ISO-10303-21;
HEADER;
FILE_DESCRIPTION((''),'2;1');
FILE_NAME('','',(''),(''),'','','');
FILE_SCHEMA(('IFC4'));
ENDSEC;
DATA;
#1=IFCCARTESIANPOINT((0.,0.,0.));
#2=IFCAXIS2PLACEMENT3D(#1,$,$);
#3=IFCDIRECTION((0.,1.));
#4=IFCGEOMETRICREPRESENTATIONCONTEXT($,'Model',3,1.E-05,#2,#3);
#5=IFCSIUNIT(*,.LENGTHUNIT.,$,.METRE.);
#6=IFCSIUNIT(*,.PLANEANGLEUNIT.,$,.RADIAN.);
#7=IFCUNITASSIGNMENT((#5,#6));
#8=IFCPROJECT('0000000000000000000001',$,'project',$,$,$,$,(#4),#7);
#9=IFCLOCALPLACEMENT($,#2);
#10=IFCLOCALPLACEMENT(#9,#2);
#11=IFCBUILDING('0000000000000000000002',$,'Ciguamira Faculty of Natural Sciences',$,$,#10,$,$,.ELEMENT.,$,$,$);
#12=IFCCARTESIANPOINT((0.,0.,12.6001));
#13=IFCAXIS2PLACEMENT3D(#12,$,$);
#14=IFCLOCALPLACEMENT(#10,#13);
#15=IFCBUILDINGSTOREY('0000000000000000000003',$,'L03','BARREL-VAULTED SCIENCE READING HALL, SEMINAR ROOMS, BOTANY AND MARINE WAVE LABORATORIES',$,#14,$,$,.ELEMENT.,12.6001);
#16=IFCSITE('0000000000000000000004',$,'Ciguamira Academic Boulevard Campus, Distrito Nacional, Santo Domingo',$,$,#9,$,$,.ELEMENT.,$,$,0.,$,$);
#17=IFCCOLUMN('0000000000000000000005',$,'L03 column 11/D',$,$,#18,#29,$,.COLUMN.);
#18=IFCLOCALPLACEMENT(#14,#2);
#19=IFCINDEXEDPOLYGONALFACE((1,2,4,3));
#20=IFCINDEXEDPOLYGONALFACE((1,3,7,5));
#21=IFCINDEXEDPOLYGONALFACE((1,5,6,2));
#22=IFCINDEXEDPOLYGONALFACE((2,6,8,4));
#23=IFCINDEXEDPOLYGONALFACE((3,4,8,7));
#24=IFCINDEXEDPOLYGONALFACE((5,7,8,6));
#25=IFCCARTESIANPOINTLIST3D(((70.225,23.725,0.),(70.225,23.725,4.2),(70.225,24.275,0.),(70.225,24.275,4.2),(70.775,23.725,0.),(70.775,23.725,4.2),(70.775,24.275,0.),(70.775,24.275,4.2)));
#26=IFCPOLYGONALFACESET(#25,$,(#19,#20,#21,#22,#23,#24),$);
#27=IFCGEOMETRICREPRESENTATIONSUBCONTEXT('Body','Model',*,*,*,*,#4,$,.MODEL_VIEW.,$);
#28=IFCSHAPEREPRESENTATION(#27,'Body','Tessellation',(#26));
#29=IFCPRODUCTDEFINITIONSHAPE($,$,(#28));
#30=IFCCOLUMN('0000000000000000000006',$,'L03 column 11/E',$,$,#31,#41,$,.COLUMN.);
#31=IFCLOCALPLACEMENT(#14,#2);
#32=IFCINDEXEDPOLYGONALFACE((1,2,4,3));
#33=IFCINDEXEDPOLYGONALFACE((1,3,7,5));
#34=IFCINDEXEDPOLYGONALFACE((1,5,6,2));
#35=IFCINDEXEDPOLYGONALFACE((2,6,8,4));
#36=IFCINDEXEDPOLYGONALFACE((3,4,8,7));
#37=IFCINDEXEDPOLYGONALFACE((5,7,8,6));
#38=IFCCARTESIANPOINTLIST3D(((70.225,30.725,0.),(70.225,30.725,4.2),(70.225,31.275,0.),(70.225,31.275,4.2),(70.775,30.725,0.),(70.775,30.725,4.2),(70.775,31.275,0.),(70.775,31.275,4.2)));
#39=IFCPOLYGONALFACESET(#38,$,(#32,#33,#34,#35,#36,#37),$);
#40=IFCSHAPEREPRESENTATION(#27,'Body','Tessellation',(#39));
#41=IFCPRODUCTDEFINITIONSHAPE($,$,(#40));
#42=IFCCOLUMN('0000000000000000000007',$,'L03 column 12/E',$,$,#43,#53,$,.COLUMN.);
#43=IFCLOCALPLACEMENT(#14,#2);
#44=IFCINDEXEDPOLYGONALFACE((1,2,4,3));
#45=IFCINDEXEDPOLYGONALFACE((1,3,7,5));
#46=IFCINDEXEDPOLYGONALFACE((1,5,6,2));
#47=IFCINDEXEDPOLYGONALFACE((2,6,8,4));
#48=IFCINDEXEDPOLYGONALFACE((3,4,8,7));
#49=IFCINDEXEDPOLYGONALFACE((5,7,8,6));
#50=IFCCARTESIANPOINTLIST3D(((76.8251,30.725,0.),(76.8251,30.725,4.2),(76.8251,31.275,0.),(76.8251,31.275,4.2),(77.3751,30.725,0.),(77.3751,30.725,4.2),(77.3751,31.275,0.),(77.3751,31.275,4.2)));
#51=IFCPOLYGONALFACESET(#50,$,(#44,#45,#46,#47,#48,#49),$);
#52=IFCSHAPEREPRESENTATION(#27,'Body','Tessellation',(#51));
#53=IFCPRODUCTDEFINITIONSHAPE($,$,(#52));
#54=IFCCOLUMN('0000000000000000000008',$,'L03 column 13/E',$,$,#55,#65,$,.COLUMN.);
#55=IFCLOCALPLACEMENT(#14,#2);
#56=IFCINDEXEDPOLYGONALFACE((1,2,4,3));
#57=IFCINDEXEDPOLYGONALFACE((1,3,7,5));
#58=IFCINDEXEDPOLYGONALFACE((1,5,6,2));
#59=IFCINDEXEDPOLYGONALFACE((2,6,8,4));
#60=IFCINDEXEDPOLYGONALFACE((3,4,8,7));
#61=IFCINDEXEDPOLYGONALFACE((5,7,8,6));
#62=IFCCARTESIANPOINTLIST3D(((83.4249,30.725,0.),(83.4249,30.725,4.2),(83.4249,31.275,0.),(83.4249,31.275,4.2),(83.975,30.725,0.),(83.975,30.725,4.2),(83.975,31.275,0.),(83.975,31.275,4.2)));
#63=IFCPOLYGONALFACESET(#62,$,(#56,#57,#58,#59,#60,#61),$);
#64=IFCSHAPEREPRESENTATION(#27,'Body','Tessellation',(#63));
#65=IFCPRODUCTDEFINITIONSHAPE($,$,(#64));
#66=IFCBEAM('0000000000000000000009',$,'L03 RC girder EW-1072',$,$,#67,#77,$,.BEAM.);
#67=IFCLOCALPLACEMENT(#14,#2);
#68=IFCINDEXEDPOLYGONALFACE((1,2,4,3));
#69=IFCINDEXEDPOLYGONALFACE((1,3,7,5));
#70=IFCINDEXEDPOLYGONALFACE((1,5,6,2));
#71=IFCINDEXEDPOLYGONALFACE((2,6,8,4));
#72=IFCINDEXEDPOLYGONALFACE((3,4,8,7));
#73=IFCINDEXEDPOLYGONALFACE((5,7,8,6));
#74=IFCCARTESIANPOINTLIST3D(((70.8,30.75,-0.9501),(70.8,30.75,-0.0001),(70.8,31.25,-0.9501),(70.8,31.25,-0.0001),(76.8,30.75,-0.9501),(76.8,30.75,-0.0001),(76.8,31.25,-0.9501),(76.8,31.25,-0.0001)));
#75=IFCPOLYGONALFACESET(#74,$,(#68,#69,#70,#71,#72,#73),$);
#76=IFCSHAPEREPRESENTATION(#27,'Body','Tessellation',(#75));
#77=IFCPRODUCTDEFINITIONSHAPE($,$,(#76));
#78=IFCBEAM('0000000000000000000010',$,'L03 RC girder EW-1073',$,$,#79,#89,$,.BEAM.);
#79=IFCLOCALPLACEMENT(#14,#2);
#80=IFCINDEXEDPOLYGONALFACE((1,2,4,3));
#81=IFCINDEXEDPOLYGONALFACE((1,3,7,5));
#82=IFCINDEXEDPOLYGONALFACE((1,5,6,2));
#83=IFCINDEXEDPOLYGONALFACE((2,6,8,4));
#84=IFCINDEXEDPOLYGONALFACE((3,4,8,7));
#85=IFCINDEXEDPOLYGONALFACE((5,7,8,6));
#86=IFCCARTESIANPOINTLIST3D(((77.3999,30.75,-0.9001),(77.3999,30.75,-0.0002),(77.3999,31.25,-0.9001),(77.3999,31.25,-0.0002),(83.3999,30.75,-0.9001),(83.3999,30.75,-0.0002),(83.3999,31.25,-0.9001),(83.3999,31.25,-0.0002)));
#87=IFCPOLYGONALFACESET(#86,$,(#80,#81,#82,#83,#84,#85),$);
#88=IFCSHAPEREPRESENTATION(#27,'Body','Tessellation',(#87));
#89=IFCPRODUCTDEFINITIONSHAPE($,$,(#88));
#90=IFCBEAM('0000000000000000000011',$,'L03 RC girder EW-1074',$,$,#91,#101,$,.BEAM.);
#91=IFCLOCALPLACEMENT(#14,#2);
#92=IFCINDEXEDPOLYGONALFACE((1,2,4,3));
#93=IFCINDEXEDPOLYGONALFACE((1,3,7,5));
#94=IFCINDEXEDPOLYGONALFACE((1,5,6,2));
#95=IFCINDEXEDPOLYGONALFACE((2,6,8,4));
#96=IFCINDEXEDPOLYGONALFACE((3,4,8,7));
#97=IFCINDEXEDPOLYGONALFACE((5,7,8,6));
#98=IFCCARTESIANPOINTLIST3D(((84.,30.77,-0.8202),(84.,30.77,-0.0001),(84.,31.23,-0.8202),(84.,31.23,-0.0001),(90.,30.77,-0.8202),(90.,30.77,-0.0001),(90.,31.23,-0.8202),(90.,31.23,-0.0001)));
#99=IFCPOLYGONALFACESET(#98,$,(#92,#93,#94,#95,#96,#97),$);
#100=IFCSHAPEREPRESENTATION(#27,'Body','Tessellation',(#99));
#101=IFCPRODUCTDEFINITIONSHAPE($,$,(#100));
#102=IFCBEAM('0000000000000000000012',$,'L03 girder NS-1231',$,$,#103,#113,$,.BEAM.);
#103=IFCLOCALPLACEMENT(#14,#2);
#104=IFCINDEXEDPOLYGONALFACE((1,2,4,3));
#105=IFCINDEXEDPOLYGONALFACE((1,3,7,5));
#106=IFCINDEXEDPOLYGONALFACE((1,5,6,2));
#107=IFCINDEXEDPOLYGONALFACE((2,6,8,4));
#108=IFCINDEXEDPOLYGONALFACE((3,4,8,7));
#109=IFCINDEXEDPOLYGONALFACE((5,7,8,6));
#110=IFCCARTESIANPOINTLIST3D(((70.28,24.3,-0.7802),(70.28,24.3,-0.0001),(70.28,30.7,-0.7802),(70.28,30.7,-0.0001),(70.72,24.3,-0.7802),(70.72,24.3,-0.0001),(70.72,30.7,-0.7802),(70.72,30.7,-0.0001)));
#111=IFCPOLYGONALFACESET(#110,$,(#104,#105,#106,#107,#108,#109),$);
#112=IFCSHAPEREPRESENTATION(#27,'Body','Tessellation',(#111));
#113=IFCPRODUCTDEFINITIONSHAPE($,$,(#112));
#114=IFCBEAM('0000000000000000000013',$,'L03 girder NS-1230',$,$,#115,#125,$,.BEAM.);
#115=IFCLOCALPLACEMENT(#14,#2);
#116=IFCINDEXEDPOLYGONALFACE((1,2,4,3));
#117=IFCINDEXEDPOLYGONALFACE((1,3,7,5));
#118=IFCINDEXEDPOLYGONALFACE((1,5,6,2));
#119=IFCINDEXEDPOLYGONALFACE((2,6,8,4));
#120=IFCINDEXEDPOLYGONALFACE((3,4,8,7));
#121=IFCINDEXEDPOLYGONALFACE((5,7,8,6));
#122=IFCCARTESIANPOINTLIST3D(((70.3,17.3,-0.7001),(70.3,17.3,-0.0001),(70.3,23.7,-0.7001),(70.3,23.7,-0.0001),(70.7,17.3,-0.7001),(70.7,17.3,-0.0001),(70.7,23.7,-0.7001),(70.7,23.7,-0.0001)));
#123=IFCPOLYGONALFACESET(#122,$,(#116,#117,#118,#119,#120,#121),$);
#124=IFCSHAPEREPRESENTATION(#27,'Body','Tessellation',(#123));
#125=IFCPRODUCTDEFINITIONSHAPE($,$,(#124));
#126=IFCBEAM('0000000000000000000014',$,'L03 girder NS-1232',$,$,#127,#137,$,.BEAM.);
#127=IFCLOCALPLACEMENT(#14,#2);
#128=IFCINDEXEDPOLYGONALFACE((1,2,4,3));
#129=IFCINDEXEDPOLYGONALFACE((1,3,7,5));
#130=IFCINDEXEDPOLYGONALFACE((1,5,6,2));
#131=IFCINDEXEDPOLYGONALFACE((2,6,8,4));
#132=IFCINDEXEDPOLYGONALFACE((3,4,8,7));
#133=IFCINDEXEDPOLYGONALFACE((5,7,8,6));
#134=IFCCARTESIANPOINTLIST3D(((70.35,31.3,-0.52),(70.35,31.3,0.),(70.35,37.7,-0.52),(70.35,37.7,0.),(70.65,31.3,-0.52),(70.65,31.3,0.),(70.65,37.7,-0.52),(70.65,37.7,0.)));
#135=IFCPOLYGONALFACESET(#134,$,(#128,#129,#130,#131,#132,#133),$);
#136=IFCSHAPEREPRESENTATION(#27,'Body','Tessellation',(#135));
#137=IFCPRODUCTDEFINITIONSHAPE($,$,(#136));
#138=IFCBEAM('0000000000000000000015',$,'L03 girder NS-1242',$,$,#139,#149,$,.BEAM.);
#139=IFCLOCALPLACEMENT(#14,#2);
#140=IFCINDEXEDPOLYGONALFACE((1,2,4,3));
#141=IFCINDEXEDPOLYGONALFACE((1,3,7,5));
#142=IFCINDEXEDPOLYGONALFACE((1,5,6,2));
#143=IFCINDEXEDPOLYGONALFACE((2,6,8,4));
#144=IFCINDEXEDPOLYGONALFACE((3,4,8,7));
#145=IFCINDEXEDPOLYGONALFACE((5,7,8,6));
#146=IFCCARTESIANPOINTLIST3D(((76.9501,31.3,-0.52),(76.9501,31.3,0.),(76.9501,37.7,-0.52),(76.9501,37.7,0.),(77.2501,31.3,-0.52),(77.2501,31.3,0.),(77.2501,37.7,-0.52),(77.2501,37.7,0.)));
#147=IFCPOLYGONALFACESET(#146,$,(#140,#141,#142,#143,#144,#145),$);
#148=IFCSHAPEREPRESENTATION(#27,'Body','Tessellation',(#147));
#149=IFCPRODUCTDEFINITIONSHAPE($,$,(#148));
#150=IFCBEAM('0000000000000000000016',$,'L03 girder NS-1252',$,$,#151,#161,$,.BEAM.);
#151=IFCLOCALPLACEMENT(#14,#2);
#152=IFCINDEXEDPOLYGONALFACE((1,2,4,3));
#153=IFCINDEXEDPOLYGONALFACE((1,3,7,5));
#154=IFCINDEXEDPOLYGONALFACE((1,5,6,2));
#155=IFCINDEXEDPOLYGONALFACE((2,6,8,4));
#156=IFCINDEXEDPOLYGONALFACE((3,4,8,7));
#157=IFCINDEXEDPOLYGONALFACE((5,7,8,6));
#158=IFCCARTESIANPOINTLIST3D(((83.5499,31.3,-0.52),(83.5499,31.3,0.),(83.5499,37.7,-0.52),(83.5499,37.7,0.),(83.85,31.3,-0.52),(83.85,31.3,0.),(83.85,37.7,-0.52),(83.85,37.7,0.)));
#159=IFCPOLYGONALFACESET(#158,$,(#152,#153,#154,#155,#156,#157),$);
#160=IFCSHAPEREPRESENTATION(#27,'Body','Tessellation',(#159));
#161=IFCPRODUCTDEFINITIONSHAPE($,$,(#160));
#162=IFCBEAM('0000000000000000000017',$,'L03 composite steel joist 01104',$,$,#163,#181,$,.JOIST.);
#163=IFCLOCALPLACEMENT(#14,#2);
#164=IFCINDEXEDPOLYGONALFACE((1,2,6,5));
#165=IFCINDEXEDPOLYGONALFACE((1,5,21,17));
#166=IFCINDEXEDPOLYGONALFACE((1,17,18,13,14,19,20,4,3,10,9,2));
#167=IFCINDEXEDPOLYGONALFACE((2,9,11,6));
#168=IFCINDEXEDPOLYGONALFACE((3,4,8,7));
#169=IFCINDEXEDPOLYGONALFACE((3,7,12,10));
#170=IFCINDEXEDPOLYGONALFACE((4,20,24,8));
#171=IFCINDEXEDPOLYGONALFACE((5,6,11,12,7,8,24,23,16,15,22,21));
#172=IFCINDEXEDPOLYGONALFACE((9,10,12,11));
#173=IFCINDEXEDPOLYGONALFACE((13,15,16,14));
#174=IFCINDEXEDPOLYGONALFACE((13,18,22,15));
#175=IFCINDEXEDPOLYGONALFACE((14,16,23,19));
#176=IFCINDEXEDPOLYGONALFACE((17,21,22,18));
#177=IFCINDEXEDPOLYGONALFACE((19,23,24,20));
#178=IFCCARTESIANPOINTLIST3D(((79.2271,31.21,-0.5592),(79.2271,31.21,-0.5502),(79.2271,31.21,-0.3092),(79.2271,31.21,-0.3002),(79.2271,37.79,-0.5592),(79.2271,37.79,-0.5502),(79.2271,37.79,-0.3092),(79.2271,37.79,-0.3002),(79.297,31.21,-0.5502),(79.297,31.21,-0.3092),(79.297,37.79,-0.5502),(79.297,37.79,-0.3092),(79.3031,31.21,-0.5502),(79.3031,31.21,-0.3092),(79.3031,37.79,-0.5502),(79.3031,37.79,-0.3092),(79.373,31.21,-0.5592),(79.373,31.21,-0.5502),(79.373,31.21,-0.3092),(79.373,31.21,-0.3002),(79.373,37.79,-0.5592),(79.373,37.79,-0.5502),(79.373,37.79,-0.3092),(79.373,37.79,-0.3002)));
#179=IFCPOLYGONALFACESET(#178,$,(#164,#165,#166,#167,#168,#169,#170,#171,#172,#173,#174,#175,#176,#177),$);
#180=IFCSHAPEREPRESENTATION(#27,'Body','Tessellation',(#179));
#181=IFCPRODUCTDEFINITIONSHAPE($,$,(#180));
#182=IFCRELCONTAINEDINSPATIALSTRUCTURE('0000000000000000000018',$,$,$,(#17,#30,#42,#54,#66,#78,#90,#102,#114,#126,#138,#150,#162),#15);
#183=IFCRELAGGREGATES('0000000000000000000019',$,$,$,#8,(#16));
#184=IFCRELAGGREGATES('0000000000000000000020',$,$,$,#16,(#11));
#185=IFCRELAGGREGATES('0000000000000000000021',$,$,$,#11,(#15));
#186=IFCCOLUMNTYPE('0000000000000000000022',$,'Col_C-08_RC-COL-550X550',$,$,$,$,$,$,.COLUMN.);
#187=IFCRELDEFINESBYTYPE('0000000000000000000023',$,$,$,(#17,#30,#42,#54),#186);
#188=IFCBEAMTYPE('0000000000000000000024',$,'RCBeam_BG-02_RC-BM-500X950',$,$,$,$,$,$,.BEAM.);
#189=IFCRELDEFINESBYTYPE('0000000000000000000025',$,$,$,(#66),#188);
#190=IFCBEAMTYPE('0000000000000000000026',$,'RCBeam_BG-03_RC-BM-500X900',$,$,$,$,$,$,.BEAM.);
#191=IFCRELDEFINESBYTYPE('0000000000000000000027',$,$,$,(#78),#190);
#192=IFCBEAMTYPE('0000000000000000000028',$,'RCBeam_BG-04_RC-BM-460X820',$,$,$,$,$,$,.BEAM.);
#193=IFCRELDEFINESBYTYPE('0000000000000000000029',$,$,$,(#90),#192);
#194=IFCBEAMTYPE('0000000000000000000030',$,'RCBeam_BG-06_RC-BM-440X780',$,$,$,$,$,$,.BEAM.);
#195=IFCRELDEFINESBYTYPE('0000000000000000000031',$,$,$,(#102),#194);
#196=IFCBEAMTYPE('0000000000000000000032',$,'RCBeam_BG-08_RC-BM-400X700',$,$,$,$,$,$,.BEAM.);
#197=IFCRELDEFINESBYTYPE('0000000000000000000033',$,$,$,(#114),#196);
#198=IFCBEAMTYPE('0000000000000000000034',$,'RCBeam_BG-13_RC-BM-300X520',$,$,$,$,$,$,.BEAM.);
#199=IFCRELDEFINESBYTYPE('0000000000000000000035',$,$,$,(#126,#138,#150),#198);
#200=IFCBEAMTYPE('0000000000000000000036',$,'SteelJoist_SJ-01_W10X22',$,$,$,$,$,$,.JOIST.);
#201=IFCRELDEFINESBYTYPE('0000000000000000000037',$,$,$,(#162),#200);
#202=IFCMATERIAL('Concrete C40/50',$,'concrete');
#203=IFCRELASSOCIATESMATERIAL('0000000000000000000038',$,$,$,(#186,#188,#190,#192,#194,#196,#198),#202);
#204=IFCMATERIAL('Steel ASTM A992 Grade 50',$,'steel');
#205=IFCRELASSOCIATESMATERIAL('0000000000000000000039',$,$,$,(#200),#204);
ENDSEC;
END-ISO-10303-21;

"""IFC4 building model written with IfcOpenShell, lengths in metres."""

from ifc_helpers import new_model, si_unit, direction, frame, origin, origin_2d, place, context, subcontext, project, spatial, rectangle, i_section, extrude, material, material_profile, profile_set, type_object, element, save


model = new_model("IFC4")

# Units and contexts
model_context = context("Model", 3, precision=1e-05, world=origin(), true_north=direction((0.0, 1.0)))
body_context = subcontext(model_context, "Body", "Model", "MODEL_VIEW")
ifc_project = project(units=[si_unit("LENGTHUNIT", "METRE"), si_unit("PLANEANGLEUNIT", "RADIAN")], contexts=[model_context])

# Site, building, storey
site_placement = place(None, origin())
site = spatial("IfcSite", under=ifc_project, at=site_placement, Name="Ciguamira Academic Boulevard Campus, Distrito Nacional, Santo Domingo", CompositionType="ELEMENT", RefElevation=0.0)
building_placement = place(site_placement, origin())
building = spatial("IfcBuilding", under=site, at=building_placement, Name="Ciguamira Faculty of Natural Sciences", CompositionType="ELEMENT")
storey_placement = place(building_placement, frame((0.0, 0.0, 12.6001)))
storey = spatial("IfcBuildingStorey", under=building, at=storey_placement, Name="L03", Description="BARREL-VAULTED SCIENCE READING HALL, SEMINAR ROOMS, BOTANY AND MARINE WAVE LABORATORIES", CompositionType="ELEMENT", Elevation=12.6001)

# Columns
ifc_material_1 = material(Name="Concrete C40/50", Category="concrete")
ifc_material_profile_1 = material_profile(ifc_material_1, rectangle(XDim=0.55, YDim=0.55, at=origin_2d()), Name="RC-COL-550X550")
ifc_profile_set_1 = profile_set([ifc_material_profile_1], Name="Concrete C40/50")
column_type = type_object("IfcColumnType", Name="Col_C-08_RC-COL-550X550", PredefinedType="COLUMN", material=ifc_profile_set_1)
for number, where, z_axis, x_axis, name in (
    (1, (70.5, 24.0, 0.0), (0.0, 0.0, 1.0), (1.0, 0.0, 0.0), "L03 column 11/D"),
    (2, (70.5, 31.0, 0.0), (0.0, 0.0, 1.0), (1.0, 0.0, 0.0), "L03 column 11/E"),
    (3, (77.1001, 31.0, 0.0), (0.0, 0.0, 1.0), (1.0, 0.0, 0.0), "L03 column 12/E"),
    (4, (83.7, 31.0, 0.0), (0.0, 0.0, 1.0), (1.0, 0.0, 0.0), "L03 column 13/E"),
):
    element("IfcColumn", number, at=place(storey_placement, frame(where, z_axis=z_axis, x_axis=x_axis)), inside=storey, type_object=column_type, Name=name, PredefinedType="COLUMN", context=body_context, shape_type="SweptSolid", body=[
        extrude(rectangle(XDim=0.55, YDim=0.55, at=origin_2d()), origin(), (0.0, 0.0, 1.0), 4.2),
    ])

# Beams
ifc_material_profile_2 = material_profile(ifc_material_1, rectangle(XDim=0.5, YDim=0.95, at=origin_2d()), Name="RC-BM-500X950")
ifc_profile_set_2 = profile_set([ifc_material_profile_2], Name="Concrete C40/50")
beam_type_1 = type_object("IfcBeamType", Name="RCBeam_BG-02_RC-BM-500X950", PredefinedType="BEAM", material=ifc_profile_set_2)
beam_1_placement = place(storey_placement, frame((70.8, 31.0, -0.4751), z_axis=(1.0, 0.0, 0.0), x_axis=(0.0, 1.0, 0.0)))
element("IfcBeam", 5, at=beam_1_placement, inside=storey, type_object=beam_type_1, Name="L03 RC girder EW-1072", PredefinedType="BEAM", context=body_context, shape_type="SweptSolid", body=[
    extrude(rectangle(XDim=0.5, YDim=0.95, at=origin_2d()), origin(), (0.0, 0.0, 1.0), 6.0),
])
ifc_material_profile_3 = material_profile(ifc_material_1, rectangle(XDim=0.5, YDim=0.8999, at=origin_2d()), Name="RC-BM-500X900")
ifc_profile_set_3 = profile_set([ifc_material_profile_3], Name="Concrete C40/50")
beam_type_2 = type_object("IfcBeamType", Name="RCBeam_BG-03_RC-BM-500X900", PredefinedType="BEAM", material=ifc_profile_set_3)
beam_2_placement = place(storey_placement, frame((77.3999, 31.0, -0.4502), z_axis=(1.0, 0.0, 0.0), x_axis=(0.0, 1.0, 0.0)))
element("IfcBeam", 6, at=beam_2_placement, inside=storey, type_object=beam_type_2, Name="L03 RC girder EW-1073", PredefinedType="BEAM", context=body_context, shape_type="SweptSolid", body=[
    extrude(rectangle(XDim=0.5, YDim=0.8999, at=origin_2d()), origin(), (0.0, 0.0, 1.0), 6.0),
])
ifc_material_profile_4 = material_profile(ifc_material_1, rectangle(XDim=0.46, YDim=0.8201, at=origin_2d()), Name="RC-BM-460X820")
ifc_profile_set_4 = profile_set([ifc_material_profile_4], Name="Concrete C40/50")
beam_type_3 = type_object("IfcBeamType", Name="RCBeam_BG-04_RC-BM-460X820", PredefinedType="BEAM", material=ifc_profile_set_4)
beam_3_placement = place(storey_placement, frame((84.0, 31.0, -0.4102), z_axis=(1.0, 0.0, 0.0), x_axis=(0.0, 1.0, 0.0)))
element("IfcBeam", 7, at=beam_3_placement, inside=storey, type_object=beam_type_3, Name="L03 RC girder EW-1074", PredefinedType="BEAM", context=body_context, shape_type="SweptSolid", body=[
    extrude(rectangle(XDim=0.46, YDim=0.8201, at=origin_2d()), origin(), (0.0, 0.0, 1.0), 6.0),
])
ifc_material_profile_5 = material_profile(ifc_material_1, rectangle(XDim=0.4399, YDim=0.78, at=origin_2d()), Name="RC-BM-440X780")
ifc_profile_set_5 = profile_set([ifc_material_profile_5], Name="Concrete C40/50")
beam_type_4 = type_object("IfcBeamType", Name="RCBeam_BG-06_RC-BM-440X780", PredefinedType="BEAM", material=ifc_profile_set_5)
beam_4_placement = place(storey_placement, frame((70.5, 24.3, -0.3901), z_axis=(0.0, 1.0, 0.0), x_axis=(-1.0, 0.0, 0.0)))
element("IfcBeam", 8, at=beam_4_placement, inside=storey, type_object=beam_type_4, Name="L03 girder NS-1231", PredefinedType="BEAM", context=body_context, shape_type="SweptSolid", body=[
    extrude(rectangle(XDim=0.4399, YDim=0.78, at=origin_2d()), origin(), (0.0, 0.0, 1.0), 6.3999),
])
ifc_material_profile_6 = material_profile(ifc_material_1, rectangle(XDim=0.3999, YDim=0.7, at=origin_2d()), Name="RC-BM-400X700")
ifc_profile_set_6 = profile_set([ifc_material_profile_6], Name="Concrete C40/50")
beam_type_5 = type_object("IfcBeamType", Name="RCBeam_BG-08_RC-BM-400X700", PredefinedType="BEAM", material=ifc_profile_set_6)
beam_5_placement = place(storey_placement, frame((70.5, 17.3, -0.3501), z_axis=(0.0, 1.0, 0.0), x_axis=(-1.0, 0.0, 0.0)))
element("IfcBeam", 9, at=beam_5_placement, inside=storey, type_object=beam_type_5, Name="L03 girder NS-1230", PredefinedType="BEAM", context=body_context, shape_type="SweptSolid", body=[
    extrude(rectangle(XDim=0.3999, YDim=0.7, at=origin_2d()), origin(), (0.0, 0.0, 1.0), 6.3999),
])
ifc_material_profile_7 = material_profile(ifc_material_1, rectangle(XDim=0.3, YDim=0.52, at=origin_2d()), Name="RC-BM-300X520")
ifc_profile_set_7 = profile_set([ifc_material_profile_7], Name="Concrete C40/50")
beam_type_6 = type_object("IfcBeamType", Name="RCBeam_BG-13_RC-BM-300X520", PredefinedType="BEAM", material=ifc_profile_set_7)
for number, where, z_axis, x_axis, name in (
    (10, (70.5, 31.3, -0.26), (0.0, 1.0, 0.0), (-1.0, 0.0, 0.0), "L03 girder NS-1232"),
    (11, (77.1001, 31.3, -0.26), (0.0, 1.0, 0.0), (-1.0, 0.0, 0.0), "L03 girder NS-1242"),
    (12, (83.7, 31.3, -0.26), (0.0, 1.0, 0.0), (-1.0, 0.0, 0.0), "L03 girder NS-1252"),
):
    element("IfcBeam", number, at=place(storey_placement, frame(where, z_axis=z_axis, x_axis=x_axis)), inside=storey, type_object=beam_type_6, Name=name, PredefinedType="BEAM", context=body_context, shape_type="SweptSolid", body=[
        extrude(rectangle(XDim=0.3, YDim=0.52, at=origin_2d()), origin(), (0.0, 0.0, 1.0), 6.3999),
    ])
ifc_material_2 = material(Name="Steel ASTM A992 Grade 50", Category="steel")
ifc_material_profile_8 = material_profile(ifc_material_2, i_section(OverallWidth=0.146, OverallDepth=0.259, WebThickness=0.0061, FlangeThickness=0.009, at=origin_2d()), Name="W10X22")
ifc_profile_set_8 = profile_set([ifc_material_profile_8], Name="Steel ASTM A992 Grade 50")
beam_type_7 = type_object("IfcBeamType", Name="SteelJoist_SJ-01_W10X22", PredefinedType="JOIST", material=ifc_profile_set_8)
beam_6_placement = place(storey_placement, frame((79.3, 31.21, -0.4297), z_axis=(0.0, 1.0, 0.0), x_axis=(-1.0, 0.0, 0.0)))
element("IfcBeam", 13, at=beam_6_placement, inside=storey, type_object=beam_type_7, Name="L03 composite steel joist 01104", PredefinedType="JOIST", context=body_context, shape_type="SweptSolid", body=[
    extrude(i_section(OverallWidth=0.146, OverallDepth=0.259, WebThickness=0.0061, FlangeThickness=0.009, at=origin_2d()), origin(), (0.0, 0.0, 1.0), 6.5801),
])

save(model, "model.ifc")
